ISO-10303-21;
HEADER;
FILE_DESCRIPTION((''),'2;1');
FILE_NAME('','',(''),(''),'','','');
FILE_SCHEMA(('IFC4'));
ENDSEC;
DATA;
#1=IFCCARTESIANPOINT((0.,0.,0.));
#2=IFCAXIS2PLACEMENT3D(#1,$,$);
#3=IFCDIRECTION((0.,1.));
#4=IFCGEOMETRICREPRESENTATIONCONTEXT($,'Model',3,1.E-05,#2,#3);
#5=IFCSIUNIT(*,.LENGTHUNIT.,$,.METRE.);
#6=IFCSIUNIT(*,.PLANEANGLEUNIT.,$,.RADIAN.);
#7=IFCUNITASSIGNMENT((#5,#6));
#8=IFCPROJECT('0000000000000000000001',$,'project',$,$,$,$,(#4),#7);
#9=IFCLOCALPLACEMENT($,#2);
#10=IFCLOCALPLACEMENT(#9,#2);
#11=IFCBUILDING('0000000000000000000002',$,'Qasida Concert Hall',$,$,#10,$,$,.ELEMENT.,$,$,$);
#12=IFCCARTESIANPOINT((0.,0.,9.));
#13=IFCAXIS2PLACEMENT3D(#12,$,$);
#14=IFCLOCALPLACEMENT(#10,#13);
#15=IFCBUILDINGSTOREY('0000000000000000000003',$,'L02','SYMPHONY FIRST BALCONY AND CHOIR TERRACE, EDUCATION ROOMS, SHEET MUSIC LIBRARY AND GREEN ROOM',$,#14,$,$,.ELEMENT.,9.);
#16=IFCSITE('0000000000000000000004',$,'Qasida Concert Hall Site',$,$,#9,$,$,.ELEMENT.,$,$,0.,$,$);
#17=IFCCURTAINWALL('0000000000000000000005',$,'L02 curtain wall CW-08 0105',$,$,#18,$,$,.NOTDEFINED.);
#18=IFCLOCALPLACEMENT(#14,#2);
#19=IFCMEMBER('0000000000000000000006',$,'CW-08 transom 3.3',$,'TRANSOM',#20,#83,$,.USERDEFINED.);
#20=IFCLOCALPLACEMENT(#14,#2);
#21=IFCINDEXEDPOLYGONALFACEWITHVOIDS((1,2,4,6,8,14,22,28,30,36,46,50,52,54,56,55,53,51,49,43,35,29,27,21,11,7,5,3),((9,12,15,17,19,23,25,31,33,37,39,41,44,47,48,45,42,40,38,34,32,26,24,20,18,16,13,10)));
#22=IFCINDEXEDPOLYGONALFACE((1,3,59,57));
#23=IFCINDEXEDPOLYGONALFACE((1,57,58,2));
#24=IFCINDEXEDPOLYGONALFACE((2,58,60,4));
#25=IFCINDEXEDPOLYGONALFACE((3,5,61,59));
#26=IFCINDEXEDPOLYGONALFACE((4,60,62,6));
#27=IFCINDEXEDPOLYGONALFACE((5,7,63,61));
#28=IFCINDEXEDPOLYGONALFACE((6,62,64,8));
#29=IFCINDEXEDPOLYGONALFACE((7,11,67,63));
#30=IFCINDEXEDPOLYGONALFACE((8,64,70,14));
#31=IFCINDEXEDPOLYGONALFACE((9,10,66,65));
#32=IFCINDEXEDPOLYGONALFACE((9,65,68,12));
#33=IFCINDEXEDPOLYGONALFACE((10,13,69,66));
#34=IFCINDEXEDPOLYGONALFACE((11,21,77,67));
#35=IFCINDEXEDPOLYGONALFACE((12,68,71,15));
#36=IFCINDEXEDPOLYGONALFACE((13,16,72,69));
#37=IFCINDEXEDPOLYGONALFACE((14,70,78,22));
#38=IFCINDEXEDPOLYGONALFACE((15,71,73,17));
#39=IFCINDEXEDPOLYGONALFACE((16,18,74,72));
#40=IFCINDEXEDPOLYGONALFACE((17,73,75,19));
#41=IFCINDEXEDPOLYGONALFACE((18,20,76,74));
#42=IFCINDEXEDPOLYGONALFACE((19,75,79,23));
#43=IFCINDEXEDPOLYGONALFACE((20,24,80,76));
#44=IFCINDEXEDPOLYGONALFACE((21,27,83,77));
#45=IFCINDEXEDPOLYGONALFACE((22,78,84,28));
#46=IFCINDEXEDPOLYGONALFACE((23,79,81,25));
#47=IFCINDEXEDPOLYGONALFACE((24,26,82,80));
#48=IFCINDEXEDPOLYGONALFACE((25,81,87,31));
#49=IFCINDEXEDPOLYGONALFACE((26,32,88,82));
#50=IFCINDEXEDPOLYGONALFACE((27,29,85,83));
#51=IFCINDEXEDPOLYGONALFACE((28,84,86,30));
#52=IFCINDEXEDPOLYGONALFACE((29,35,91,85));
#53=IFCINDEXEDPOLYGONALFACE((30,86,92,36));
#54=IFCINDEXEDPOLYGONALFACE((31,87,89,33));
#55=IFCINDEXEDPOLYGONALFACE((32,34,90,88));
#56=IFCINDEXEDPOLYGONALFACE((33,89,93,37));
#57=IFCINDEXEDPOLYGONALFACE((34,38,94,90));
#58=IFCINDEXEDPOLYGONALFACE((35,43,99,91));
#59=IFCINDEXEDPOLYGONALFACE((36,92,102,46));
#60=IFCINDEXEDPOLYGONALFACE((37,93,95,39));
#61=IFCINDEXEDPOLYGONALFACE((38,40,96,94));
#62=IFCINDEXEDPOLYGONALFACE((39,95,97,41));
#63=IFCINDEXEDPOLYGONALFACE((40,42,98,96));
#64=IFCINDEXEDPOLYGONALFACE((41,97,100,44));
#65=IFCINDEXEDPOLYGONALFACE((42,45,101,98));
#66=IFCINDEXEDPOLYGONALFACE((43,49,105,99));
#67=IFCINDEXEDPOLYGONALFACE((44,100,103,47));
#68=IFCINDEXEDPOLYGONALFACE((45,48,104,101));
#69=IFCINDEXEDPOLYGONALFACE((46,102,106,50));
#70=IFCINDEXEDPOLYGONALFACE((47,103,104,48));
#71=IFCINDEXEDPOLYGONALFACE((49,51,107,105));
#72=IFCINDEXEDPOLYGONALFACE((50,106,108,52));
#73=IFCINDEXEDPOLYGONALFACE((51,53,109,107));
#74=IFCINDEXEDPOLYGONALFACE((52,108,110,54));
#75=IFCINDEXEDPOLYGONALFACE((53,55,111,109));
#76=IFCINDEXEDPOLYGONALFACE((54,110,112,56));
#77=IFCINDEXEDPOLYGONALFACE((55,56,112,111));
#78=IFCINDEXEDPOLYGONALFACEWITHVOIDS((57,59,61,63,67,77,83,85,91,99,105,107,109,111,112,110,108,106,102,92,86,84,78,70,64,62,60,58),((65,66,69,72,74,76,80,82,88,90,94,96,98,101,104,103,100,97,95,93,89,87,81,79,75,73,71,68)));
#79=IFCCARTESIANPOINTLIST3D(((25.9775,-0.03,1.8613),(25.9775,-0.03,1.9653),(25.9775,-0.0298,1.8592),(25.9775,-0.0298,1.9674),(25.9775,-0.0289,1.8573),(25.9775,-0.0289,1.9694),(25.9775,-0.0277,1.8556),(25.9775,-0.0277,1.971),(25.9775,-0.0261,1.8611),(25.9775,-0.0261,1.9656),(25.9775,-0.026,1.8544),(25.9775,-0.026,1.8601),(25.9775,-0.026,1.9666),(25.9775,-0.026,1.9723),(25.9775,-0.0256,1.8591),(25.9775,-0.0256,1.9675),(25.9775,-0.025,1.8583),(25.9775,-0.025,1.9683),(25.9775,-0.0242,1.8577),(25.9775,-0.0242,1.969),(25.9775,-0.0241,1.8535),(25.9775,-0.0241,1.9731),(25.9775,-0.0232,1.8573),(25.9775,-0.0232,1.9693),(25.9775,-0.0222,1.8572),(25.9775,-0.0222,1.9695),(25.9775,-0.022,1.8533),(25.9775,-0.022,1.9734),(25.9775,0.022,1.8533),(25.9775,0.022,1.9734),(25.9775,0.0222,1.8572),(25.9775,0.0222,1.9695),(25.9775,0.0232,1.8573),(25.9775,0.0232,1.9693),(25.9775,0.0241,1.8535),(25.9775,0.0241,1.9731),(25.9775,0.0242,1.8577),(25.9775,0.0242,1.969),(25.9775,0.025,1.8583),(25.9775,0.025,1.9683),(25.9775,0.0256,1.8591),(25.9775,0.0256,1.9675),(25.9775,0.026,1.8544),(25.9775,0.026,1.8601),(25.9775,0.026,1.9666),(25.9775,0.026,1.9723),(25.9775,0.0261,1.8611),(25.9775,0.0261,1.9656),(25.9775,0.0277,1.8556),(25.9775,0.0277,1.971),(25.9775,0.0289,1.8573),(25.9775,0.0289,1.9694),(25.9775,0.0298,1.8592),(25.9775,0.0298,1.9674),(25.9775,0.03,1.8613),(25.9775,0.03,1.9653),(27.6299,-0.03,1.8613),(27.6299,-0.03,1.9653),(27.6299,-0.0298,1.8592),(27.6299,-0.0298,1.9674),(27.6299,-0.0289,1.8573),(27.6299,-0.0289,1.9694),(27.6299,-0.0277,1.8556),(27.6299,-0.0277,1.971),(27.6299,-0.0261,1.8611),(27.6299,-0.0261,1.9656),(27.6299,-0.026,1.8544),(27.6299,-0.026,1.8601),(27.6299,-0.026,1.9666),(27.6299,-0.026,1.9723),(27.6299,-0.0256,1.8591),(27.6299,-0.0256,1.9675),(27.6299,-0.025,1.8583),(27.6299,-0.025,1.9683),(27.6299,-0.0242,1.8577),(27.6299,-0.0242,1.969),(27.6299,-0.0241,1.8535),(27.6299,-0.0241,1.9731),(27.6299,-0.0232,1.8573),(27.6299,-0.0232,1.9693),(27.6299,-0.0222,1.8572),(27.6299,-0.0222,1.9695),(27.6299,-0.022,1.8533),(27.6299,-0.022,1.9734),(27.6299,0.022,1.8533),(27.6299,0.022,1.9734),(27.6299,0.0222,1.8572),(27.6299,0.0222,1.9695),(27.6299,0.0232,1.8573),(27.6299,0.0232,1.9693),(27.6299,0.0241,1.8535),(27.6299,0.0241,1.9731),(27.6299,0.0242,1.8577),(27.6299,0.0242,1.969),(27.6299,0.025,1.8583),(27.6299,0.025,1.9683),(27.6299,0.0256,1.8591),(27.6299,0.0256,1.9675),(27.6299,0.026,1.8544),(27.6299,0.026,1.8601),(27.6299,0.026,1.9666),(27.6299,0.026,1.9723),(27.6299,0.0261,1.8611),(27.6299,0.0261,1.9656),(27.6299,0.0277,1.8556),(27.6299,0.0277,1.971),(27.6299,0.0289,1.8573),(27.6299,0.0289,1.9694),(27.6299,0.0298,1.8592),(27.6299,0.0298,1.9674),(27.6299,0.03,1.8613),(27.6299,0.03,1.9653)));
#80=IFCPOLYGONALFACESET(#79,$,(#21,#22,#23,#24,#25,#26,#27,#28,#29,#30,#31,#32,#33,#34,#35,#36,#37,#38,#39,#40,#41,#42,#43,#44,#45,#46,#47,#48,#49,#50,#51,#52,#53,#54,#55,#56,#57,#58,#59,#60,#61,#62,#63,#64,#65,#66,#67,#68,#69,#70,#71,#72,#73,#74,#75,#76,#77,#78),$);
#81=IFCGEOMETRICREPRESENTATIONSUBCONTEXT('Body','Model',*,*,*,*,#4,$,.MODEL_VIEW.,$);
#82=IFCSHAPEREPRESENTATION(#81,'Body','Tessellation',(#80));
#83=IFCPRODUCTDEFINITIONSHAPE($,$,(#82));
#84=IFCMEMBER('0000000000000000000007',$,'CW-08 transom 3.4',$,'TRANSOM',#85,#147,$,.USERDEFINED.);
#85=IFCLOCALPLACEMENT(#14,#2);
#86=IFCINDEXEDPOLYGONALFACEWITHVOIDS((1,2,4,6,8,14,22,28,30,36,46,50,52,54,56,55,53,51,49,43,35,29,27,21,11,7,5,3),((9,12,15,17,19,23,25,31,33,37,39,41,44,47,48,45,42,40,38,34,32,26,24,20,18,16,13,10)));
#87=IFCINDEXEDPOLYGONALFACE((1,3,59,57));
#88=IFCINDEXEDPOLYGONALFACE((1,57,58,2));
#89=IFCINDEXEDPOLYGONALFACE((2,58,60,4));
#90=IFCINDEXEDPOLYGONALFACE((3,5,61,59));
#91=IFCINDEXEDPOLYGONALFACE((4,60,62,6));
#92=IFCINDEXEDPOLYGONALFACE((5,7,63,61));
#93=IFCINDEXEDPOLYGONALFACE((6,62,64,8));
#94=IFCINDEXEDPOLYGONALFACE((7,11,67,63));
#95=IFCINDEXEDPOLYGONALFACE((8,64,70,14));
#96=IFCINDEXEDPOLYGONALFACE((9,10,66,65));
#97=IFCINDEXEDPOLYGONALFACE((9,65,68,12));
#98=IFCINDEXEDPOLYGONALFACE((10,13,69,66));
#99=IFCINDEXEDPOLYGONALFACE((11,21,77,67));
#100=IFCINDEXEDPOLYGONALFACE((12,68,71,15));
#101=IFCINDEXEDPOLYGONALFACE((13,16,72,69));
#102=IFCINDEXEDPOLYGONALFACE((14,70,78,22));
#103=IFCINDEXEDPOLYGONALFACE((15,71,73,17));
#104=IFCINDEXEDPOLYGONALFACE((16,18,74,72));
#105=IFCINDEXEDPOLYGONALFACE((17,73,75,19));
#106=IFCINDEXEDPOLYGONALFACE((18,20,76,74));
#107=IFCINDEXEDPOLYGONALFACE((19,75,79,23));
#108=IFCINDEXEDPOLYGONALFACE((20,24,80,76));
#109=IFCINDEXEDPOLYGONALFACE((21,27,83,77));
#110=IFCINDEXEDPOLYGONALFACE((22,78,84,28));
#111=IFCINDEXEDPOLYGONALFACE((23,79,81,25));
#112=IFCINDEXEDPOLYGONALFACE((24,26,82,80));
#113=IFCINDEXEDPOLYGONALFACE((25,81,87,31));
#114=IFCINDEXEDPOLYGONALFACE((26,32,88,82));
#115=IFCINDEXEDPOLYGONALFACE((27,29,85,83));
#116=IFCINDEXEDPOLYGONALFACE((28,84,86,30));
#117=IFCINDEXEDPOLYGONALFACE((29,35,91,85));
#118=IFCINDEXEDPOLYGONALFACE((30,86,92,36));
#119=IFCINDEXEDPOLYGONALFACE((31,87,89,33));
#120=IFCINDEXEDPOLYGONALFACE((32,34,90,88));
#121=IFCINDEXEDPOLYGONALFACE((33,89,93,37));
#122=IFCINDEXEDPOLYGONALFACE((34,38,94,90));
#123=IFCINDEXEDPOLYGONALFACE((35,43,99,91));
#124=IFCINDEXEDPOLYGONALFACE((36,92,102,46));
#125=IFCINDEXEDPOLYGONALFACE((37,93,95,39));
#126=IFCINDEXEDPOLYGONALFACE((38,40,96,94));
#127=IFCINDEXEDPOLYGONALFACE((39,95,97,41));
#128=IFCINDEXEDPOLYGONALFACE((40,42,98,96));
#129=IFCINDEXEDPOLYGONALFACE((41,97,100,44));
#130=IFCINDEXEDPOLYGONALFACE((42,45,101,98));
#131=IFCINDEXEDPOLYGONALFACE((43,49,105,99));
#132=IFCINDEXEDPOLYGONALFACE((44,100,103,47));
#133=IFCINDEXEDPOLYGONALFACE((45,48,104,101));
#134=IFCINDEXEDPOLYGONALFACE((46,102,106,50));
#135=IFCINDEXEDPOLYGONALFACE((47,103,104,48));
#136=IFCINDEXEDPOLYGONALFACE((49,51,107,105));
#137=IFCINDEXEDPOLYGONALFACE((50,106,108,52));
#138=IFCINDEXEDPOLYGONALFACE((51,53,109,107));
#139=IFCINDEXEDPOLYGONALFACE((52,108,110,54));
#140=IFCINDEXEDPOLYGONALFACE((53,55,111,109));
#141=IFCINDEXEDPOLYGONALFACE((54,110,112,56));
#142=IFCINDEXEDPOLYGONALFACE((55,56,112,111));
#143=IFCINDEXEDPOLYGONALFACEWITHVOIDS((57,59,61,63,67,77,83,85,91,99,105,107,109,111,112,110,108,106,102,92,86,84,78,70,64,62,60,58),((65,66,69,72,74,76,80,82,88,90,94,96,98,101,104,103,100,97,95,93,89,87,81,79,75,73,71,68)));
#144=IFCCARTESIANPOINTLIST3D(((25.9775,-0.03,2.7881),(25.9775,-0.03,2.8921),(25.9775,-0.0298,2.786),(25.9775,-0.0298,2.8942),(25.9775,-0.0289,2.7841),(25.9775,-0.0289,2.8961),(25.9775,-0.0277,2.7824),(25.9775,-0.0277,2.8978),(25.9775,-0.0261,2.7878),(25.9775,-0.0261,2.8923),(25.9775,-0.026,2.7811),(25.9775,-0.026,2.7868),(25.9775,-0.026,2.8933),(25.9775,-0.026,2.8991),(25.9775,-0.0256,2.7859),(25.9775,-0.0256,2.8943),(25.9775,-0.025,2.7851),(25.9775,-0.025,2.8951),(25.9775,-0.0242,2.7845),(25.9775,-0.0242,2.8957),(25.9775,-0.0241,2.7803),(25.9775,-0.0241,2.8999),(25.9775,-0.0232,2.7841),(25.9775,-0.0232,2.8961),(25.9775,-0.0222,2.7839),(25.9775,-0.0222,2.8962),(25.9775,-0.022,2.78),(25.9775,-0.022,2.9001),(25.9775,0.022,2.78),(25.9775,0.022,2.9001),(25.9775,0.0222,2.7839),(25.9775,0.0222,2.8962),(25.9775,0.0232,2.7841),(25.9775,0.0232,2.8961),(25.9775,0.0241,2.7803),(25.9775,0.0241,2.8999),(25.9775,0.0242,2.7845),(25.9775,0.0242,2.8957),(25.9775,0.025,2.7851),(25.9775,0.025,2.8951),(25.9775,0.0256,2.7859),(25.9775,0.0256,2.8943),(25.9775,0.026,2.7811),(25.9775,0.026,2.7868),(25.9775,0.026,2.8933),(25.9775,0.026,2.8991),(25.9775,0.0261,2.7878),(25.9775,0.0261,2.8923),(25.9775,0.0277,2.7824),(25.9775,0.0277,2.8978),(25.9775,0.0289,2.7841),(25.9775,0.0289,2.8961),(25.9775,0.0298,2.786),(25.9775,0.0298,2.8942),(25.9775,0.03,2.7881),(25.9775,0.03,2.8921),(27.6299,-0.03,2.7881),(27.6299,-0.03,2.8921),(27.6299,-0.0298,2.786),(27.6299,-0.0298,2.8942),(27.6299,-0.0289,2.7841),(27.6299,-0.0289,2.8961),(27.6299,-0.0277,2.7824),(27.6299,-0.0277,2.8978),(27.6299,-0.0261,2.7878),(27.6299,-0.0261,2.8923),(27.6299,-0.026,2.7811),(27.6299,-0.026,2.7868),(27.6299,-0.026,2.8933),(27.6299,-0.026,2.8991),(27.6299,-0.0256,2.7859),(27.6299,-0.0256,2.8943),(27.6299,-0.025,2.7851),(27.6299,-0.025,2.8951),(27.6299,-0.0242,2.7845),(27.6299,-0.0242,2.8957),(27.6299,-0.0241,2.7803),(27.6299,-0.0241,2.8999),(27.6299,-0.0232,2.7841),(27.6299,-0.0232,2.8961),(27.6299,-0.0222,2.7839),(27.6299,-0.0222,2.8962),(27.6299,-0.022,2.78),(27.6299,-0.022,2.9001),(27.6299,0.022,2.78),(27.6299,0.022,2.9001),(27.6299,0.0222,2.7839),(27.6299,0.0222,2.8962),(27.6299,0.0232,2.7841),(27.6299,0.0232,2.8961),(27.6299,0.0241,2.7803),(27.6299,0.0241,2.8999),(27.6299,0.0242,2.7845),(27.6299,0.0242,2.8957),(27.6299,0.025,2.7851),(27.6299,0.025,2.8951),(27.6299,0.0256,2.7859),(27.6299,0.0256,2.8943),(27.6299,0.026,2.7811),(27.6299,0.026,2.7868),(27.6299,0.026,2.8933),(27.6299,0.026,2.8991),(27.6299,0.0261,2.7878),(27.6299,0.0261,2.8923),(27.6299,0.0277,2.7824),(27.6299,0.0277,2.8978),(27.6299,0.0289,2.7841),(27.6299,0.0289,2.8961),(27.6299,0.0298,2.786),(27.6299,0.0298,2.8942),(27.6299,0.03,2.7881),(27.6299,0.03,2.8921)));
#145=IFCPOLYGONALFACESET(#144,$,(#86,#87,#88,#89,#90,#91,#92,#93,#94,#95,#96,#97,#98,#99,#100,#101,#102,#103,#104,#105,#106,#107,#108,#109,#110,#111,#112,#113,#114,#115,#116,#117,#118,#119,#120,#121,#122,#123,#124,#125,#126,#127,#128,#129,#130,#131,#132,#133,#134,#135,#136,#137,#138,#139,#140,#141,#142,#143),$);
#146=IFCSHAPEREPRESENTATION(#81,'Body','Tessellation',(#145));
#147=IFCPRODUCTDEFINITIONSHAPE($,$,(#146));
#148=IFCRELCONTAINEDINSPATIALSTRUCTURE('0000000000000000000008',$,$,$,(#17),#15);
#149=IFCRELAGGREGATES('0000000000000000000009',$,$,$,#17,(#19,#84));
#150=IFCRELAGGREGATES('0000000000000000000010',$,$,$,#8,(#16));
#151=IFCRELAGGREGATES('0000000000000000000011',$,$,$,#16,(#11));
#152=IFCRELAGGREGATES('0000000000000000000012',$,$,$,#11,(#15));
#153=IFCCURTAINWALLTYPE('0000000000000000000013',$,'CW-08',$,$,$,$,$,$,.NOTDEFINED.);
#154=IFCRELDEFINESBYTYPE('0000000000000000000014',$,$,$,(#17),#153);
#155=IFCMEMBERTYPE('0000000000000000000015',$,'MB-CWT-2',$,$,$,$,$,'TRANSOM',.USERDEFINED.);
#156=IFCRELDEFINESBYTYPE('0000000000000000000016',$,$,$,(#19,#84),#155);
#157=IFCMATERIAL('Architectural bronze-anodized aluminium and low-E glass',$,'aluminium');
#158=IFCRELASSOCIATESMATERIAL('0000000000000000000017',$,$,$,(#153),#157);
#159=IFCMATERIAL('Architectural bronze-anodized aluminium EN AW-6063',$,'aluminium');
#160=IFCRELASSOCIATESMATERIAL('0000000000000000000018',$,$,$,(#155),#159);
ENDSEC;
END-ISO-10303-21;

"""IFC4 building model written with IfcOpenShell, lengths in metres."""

from ifc_helpers import new_model, si_unit, direction, frame, origin, origin_2d, place, context, subcontext, project, spatial, hollow_rectangle, extrude, material, material_profile, profile_set, type_object, element, aggregate, save


model = new_model("IFC4")

# Units and contexts
model_context = context("Model", 3, precision=1e-05, world=origin(), true_north=direction((0.0, 1.0)))
body_context = subcontext(model_context, "Body", "Model", "MODEL_VIEW")
ifc_project = project(units=[si_unit("LENGTHUNIT", "METRE"), si_unit("PLANEANGLEUNIT", "RADIAN")], contexts=[model_context])

# Site, building, storey
site_placement = place(None, origin())
site = spatial("IfcSite", under=ifc_project, at=site_placement, Name="Qasida Concert Hall Site", CompositionType="ELEMENT", RefElevation=0.0)
building_placement = place(site_placement, origin())
building = spatial("IfcBuilding", under=site, at=building_placement, Name="Qasida Concert Hall", CompositionType="ELEMENT")
storey_placement = place(building_placement, frame((0.0, 0.0, 9.0)))
storey = spatial("IfcBuildingStorey", under=building, at=storey_placement, Name="L02", Description="SYMPHONY FIRST BALCONY AND CHOIR TERRACE, EDUCATION ROOMS, SHEET MUSIC LIBRARY AND GREEN ROOM", CompositionType="ELEMENT", Elevation=9.0)

# Curtain wall, members
ifc_material_1 = material(Name="Architectural bronze-anodized aluminium and low-E glass", Category="aluminium")
curtain_wall_type = type_object("IfcCurtainWallType", Name="CW-08", PredefinedType="NOTDEFINED", material=ifc_material_1)
curtain_wall_placement = place(storey_placement, origin())
curtain_wall = element("IfcCurtainWall", 1, at=curtain_wall_placement, inside=storey, type_object=curtain_wall_type, Name="L02 curtain wall CW-08 0105", PredefinedType="NOTDEFINED")
ifc_material_2 = material(Name="Architectural bronze-anodized aluminium EN AW-6063", Category="aluminium")
ifc_material_profile_1 = material_profile(ifc_material_2, hollow_rectangle(XDim=0.0601, YDim=0.1201, WallThickness=0.0039, InnerFilletRadius=0.0039, OuterFilletRadius=0.0081, at=origin_2d()), Name="CWT 120x60x4")
ifc_profile_set_1 = profile_set([ifc_material_profile_1], Name="Architectural bronze-anodized aluminium EN AW-6063")
member_type_1 = type_object("IfcMemberType", Name="MB-CWT-2", ElementType="TRANSOM", PredefinedType="USERDEFINED", material=ifc_profile_set_1)
member_1_placement = place(storey_placement, frame((25.9775, 0.0, 1.9133), z_axis=(1.0, 0.0, 0.0), x_axis=(0.0, 1.0, 0.0)))
member_1 = element("IfcMember", 2, at=member_1_placement, type_object=member_type_1, Name="CW-08 transom 3.3", ObjectType="TRANSOM", PredefinedType="USERDEFINED", context=body_context, shape_type="SweptSolid", body=[
    extrude(hollow_rectangle(XDim=0.0601, YDim=0.1201, WallThickness=0.0039, InnerFilletRadius=0.0039, OuterFilletRadius=0.0081, at=origin_2d()), origin(), (0.0, 0.0, 1.0), 1.6523),
])
member_2_placement = place(storey_placement, frame((25.9775, 0.0, 2.8401), z_axis=(1.0, 0.0, 0.0), x_axis=(0.0, 1.0, 0.0)))
member_2 = element("IfcMember", 3, at=member_2_placement, type_object=member_type_1, Name="CW-08 transom 3.4", ObjectType="TRANSOM", PredefinedType="USERDEFINED", context=body_context, shape_type="SweptSolid", body=[
    extrude(hollow_rectangle(XDim=0.0601, YDim=0.1201, WallThickness=0.0039, InnerFilletRadius=0.0039, OuterFilletRadius=0.0081, at=origin_2d()), origin(), (0.0, 0.0, 1.0), 1.6523),
])
aggregate(curtain_wall, [member_1, member_2])

save(model, "model.ifc")
